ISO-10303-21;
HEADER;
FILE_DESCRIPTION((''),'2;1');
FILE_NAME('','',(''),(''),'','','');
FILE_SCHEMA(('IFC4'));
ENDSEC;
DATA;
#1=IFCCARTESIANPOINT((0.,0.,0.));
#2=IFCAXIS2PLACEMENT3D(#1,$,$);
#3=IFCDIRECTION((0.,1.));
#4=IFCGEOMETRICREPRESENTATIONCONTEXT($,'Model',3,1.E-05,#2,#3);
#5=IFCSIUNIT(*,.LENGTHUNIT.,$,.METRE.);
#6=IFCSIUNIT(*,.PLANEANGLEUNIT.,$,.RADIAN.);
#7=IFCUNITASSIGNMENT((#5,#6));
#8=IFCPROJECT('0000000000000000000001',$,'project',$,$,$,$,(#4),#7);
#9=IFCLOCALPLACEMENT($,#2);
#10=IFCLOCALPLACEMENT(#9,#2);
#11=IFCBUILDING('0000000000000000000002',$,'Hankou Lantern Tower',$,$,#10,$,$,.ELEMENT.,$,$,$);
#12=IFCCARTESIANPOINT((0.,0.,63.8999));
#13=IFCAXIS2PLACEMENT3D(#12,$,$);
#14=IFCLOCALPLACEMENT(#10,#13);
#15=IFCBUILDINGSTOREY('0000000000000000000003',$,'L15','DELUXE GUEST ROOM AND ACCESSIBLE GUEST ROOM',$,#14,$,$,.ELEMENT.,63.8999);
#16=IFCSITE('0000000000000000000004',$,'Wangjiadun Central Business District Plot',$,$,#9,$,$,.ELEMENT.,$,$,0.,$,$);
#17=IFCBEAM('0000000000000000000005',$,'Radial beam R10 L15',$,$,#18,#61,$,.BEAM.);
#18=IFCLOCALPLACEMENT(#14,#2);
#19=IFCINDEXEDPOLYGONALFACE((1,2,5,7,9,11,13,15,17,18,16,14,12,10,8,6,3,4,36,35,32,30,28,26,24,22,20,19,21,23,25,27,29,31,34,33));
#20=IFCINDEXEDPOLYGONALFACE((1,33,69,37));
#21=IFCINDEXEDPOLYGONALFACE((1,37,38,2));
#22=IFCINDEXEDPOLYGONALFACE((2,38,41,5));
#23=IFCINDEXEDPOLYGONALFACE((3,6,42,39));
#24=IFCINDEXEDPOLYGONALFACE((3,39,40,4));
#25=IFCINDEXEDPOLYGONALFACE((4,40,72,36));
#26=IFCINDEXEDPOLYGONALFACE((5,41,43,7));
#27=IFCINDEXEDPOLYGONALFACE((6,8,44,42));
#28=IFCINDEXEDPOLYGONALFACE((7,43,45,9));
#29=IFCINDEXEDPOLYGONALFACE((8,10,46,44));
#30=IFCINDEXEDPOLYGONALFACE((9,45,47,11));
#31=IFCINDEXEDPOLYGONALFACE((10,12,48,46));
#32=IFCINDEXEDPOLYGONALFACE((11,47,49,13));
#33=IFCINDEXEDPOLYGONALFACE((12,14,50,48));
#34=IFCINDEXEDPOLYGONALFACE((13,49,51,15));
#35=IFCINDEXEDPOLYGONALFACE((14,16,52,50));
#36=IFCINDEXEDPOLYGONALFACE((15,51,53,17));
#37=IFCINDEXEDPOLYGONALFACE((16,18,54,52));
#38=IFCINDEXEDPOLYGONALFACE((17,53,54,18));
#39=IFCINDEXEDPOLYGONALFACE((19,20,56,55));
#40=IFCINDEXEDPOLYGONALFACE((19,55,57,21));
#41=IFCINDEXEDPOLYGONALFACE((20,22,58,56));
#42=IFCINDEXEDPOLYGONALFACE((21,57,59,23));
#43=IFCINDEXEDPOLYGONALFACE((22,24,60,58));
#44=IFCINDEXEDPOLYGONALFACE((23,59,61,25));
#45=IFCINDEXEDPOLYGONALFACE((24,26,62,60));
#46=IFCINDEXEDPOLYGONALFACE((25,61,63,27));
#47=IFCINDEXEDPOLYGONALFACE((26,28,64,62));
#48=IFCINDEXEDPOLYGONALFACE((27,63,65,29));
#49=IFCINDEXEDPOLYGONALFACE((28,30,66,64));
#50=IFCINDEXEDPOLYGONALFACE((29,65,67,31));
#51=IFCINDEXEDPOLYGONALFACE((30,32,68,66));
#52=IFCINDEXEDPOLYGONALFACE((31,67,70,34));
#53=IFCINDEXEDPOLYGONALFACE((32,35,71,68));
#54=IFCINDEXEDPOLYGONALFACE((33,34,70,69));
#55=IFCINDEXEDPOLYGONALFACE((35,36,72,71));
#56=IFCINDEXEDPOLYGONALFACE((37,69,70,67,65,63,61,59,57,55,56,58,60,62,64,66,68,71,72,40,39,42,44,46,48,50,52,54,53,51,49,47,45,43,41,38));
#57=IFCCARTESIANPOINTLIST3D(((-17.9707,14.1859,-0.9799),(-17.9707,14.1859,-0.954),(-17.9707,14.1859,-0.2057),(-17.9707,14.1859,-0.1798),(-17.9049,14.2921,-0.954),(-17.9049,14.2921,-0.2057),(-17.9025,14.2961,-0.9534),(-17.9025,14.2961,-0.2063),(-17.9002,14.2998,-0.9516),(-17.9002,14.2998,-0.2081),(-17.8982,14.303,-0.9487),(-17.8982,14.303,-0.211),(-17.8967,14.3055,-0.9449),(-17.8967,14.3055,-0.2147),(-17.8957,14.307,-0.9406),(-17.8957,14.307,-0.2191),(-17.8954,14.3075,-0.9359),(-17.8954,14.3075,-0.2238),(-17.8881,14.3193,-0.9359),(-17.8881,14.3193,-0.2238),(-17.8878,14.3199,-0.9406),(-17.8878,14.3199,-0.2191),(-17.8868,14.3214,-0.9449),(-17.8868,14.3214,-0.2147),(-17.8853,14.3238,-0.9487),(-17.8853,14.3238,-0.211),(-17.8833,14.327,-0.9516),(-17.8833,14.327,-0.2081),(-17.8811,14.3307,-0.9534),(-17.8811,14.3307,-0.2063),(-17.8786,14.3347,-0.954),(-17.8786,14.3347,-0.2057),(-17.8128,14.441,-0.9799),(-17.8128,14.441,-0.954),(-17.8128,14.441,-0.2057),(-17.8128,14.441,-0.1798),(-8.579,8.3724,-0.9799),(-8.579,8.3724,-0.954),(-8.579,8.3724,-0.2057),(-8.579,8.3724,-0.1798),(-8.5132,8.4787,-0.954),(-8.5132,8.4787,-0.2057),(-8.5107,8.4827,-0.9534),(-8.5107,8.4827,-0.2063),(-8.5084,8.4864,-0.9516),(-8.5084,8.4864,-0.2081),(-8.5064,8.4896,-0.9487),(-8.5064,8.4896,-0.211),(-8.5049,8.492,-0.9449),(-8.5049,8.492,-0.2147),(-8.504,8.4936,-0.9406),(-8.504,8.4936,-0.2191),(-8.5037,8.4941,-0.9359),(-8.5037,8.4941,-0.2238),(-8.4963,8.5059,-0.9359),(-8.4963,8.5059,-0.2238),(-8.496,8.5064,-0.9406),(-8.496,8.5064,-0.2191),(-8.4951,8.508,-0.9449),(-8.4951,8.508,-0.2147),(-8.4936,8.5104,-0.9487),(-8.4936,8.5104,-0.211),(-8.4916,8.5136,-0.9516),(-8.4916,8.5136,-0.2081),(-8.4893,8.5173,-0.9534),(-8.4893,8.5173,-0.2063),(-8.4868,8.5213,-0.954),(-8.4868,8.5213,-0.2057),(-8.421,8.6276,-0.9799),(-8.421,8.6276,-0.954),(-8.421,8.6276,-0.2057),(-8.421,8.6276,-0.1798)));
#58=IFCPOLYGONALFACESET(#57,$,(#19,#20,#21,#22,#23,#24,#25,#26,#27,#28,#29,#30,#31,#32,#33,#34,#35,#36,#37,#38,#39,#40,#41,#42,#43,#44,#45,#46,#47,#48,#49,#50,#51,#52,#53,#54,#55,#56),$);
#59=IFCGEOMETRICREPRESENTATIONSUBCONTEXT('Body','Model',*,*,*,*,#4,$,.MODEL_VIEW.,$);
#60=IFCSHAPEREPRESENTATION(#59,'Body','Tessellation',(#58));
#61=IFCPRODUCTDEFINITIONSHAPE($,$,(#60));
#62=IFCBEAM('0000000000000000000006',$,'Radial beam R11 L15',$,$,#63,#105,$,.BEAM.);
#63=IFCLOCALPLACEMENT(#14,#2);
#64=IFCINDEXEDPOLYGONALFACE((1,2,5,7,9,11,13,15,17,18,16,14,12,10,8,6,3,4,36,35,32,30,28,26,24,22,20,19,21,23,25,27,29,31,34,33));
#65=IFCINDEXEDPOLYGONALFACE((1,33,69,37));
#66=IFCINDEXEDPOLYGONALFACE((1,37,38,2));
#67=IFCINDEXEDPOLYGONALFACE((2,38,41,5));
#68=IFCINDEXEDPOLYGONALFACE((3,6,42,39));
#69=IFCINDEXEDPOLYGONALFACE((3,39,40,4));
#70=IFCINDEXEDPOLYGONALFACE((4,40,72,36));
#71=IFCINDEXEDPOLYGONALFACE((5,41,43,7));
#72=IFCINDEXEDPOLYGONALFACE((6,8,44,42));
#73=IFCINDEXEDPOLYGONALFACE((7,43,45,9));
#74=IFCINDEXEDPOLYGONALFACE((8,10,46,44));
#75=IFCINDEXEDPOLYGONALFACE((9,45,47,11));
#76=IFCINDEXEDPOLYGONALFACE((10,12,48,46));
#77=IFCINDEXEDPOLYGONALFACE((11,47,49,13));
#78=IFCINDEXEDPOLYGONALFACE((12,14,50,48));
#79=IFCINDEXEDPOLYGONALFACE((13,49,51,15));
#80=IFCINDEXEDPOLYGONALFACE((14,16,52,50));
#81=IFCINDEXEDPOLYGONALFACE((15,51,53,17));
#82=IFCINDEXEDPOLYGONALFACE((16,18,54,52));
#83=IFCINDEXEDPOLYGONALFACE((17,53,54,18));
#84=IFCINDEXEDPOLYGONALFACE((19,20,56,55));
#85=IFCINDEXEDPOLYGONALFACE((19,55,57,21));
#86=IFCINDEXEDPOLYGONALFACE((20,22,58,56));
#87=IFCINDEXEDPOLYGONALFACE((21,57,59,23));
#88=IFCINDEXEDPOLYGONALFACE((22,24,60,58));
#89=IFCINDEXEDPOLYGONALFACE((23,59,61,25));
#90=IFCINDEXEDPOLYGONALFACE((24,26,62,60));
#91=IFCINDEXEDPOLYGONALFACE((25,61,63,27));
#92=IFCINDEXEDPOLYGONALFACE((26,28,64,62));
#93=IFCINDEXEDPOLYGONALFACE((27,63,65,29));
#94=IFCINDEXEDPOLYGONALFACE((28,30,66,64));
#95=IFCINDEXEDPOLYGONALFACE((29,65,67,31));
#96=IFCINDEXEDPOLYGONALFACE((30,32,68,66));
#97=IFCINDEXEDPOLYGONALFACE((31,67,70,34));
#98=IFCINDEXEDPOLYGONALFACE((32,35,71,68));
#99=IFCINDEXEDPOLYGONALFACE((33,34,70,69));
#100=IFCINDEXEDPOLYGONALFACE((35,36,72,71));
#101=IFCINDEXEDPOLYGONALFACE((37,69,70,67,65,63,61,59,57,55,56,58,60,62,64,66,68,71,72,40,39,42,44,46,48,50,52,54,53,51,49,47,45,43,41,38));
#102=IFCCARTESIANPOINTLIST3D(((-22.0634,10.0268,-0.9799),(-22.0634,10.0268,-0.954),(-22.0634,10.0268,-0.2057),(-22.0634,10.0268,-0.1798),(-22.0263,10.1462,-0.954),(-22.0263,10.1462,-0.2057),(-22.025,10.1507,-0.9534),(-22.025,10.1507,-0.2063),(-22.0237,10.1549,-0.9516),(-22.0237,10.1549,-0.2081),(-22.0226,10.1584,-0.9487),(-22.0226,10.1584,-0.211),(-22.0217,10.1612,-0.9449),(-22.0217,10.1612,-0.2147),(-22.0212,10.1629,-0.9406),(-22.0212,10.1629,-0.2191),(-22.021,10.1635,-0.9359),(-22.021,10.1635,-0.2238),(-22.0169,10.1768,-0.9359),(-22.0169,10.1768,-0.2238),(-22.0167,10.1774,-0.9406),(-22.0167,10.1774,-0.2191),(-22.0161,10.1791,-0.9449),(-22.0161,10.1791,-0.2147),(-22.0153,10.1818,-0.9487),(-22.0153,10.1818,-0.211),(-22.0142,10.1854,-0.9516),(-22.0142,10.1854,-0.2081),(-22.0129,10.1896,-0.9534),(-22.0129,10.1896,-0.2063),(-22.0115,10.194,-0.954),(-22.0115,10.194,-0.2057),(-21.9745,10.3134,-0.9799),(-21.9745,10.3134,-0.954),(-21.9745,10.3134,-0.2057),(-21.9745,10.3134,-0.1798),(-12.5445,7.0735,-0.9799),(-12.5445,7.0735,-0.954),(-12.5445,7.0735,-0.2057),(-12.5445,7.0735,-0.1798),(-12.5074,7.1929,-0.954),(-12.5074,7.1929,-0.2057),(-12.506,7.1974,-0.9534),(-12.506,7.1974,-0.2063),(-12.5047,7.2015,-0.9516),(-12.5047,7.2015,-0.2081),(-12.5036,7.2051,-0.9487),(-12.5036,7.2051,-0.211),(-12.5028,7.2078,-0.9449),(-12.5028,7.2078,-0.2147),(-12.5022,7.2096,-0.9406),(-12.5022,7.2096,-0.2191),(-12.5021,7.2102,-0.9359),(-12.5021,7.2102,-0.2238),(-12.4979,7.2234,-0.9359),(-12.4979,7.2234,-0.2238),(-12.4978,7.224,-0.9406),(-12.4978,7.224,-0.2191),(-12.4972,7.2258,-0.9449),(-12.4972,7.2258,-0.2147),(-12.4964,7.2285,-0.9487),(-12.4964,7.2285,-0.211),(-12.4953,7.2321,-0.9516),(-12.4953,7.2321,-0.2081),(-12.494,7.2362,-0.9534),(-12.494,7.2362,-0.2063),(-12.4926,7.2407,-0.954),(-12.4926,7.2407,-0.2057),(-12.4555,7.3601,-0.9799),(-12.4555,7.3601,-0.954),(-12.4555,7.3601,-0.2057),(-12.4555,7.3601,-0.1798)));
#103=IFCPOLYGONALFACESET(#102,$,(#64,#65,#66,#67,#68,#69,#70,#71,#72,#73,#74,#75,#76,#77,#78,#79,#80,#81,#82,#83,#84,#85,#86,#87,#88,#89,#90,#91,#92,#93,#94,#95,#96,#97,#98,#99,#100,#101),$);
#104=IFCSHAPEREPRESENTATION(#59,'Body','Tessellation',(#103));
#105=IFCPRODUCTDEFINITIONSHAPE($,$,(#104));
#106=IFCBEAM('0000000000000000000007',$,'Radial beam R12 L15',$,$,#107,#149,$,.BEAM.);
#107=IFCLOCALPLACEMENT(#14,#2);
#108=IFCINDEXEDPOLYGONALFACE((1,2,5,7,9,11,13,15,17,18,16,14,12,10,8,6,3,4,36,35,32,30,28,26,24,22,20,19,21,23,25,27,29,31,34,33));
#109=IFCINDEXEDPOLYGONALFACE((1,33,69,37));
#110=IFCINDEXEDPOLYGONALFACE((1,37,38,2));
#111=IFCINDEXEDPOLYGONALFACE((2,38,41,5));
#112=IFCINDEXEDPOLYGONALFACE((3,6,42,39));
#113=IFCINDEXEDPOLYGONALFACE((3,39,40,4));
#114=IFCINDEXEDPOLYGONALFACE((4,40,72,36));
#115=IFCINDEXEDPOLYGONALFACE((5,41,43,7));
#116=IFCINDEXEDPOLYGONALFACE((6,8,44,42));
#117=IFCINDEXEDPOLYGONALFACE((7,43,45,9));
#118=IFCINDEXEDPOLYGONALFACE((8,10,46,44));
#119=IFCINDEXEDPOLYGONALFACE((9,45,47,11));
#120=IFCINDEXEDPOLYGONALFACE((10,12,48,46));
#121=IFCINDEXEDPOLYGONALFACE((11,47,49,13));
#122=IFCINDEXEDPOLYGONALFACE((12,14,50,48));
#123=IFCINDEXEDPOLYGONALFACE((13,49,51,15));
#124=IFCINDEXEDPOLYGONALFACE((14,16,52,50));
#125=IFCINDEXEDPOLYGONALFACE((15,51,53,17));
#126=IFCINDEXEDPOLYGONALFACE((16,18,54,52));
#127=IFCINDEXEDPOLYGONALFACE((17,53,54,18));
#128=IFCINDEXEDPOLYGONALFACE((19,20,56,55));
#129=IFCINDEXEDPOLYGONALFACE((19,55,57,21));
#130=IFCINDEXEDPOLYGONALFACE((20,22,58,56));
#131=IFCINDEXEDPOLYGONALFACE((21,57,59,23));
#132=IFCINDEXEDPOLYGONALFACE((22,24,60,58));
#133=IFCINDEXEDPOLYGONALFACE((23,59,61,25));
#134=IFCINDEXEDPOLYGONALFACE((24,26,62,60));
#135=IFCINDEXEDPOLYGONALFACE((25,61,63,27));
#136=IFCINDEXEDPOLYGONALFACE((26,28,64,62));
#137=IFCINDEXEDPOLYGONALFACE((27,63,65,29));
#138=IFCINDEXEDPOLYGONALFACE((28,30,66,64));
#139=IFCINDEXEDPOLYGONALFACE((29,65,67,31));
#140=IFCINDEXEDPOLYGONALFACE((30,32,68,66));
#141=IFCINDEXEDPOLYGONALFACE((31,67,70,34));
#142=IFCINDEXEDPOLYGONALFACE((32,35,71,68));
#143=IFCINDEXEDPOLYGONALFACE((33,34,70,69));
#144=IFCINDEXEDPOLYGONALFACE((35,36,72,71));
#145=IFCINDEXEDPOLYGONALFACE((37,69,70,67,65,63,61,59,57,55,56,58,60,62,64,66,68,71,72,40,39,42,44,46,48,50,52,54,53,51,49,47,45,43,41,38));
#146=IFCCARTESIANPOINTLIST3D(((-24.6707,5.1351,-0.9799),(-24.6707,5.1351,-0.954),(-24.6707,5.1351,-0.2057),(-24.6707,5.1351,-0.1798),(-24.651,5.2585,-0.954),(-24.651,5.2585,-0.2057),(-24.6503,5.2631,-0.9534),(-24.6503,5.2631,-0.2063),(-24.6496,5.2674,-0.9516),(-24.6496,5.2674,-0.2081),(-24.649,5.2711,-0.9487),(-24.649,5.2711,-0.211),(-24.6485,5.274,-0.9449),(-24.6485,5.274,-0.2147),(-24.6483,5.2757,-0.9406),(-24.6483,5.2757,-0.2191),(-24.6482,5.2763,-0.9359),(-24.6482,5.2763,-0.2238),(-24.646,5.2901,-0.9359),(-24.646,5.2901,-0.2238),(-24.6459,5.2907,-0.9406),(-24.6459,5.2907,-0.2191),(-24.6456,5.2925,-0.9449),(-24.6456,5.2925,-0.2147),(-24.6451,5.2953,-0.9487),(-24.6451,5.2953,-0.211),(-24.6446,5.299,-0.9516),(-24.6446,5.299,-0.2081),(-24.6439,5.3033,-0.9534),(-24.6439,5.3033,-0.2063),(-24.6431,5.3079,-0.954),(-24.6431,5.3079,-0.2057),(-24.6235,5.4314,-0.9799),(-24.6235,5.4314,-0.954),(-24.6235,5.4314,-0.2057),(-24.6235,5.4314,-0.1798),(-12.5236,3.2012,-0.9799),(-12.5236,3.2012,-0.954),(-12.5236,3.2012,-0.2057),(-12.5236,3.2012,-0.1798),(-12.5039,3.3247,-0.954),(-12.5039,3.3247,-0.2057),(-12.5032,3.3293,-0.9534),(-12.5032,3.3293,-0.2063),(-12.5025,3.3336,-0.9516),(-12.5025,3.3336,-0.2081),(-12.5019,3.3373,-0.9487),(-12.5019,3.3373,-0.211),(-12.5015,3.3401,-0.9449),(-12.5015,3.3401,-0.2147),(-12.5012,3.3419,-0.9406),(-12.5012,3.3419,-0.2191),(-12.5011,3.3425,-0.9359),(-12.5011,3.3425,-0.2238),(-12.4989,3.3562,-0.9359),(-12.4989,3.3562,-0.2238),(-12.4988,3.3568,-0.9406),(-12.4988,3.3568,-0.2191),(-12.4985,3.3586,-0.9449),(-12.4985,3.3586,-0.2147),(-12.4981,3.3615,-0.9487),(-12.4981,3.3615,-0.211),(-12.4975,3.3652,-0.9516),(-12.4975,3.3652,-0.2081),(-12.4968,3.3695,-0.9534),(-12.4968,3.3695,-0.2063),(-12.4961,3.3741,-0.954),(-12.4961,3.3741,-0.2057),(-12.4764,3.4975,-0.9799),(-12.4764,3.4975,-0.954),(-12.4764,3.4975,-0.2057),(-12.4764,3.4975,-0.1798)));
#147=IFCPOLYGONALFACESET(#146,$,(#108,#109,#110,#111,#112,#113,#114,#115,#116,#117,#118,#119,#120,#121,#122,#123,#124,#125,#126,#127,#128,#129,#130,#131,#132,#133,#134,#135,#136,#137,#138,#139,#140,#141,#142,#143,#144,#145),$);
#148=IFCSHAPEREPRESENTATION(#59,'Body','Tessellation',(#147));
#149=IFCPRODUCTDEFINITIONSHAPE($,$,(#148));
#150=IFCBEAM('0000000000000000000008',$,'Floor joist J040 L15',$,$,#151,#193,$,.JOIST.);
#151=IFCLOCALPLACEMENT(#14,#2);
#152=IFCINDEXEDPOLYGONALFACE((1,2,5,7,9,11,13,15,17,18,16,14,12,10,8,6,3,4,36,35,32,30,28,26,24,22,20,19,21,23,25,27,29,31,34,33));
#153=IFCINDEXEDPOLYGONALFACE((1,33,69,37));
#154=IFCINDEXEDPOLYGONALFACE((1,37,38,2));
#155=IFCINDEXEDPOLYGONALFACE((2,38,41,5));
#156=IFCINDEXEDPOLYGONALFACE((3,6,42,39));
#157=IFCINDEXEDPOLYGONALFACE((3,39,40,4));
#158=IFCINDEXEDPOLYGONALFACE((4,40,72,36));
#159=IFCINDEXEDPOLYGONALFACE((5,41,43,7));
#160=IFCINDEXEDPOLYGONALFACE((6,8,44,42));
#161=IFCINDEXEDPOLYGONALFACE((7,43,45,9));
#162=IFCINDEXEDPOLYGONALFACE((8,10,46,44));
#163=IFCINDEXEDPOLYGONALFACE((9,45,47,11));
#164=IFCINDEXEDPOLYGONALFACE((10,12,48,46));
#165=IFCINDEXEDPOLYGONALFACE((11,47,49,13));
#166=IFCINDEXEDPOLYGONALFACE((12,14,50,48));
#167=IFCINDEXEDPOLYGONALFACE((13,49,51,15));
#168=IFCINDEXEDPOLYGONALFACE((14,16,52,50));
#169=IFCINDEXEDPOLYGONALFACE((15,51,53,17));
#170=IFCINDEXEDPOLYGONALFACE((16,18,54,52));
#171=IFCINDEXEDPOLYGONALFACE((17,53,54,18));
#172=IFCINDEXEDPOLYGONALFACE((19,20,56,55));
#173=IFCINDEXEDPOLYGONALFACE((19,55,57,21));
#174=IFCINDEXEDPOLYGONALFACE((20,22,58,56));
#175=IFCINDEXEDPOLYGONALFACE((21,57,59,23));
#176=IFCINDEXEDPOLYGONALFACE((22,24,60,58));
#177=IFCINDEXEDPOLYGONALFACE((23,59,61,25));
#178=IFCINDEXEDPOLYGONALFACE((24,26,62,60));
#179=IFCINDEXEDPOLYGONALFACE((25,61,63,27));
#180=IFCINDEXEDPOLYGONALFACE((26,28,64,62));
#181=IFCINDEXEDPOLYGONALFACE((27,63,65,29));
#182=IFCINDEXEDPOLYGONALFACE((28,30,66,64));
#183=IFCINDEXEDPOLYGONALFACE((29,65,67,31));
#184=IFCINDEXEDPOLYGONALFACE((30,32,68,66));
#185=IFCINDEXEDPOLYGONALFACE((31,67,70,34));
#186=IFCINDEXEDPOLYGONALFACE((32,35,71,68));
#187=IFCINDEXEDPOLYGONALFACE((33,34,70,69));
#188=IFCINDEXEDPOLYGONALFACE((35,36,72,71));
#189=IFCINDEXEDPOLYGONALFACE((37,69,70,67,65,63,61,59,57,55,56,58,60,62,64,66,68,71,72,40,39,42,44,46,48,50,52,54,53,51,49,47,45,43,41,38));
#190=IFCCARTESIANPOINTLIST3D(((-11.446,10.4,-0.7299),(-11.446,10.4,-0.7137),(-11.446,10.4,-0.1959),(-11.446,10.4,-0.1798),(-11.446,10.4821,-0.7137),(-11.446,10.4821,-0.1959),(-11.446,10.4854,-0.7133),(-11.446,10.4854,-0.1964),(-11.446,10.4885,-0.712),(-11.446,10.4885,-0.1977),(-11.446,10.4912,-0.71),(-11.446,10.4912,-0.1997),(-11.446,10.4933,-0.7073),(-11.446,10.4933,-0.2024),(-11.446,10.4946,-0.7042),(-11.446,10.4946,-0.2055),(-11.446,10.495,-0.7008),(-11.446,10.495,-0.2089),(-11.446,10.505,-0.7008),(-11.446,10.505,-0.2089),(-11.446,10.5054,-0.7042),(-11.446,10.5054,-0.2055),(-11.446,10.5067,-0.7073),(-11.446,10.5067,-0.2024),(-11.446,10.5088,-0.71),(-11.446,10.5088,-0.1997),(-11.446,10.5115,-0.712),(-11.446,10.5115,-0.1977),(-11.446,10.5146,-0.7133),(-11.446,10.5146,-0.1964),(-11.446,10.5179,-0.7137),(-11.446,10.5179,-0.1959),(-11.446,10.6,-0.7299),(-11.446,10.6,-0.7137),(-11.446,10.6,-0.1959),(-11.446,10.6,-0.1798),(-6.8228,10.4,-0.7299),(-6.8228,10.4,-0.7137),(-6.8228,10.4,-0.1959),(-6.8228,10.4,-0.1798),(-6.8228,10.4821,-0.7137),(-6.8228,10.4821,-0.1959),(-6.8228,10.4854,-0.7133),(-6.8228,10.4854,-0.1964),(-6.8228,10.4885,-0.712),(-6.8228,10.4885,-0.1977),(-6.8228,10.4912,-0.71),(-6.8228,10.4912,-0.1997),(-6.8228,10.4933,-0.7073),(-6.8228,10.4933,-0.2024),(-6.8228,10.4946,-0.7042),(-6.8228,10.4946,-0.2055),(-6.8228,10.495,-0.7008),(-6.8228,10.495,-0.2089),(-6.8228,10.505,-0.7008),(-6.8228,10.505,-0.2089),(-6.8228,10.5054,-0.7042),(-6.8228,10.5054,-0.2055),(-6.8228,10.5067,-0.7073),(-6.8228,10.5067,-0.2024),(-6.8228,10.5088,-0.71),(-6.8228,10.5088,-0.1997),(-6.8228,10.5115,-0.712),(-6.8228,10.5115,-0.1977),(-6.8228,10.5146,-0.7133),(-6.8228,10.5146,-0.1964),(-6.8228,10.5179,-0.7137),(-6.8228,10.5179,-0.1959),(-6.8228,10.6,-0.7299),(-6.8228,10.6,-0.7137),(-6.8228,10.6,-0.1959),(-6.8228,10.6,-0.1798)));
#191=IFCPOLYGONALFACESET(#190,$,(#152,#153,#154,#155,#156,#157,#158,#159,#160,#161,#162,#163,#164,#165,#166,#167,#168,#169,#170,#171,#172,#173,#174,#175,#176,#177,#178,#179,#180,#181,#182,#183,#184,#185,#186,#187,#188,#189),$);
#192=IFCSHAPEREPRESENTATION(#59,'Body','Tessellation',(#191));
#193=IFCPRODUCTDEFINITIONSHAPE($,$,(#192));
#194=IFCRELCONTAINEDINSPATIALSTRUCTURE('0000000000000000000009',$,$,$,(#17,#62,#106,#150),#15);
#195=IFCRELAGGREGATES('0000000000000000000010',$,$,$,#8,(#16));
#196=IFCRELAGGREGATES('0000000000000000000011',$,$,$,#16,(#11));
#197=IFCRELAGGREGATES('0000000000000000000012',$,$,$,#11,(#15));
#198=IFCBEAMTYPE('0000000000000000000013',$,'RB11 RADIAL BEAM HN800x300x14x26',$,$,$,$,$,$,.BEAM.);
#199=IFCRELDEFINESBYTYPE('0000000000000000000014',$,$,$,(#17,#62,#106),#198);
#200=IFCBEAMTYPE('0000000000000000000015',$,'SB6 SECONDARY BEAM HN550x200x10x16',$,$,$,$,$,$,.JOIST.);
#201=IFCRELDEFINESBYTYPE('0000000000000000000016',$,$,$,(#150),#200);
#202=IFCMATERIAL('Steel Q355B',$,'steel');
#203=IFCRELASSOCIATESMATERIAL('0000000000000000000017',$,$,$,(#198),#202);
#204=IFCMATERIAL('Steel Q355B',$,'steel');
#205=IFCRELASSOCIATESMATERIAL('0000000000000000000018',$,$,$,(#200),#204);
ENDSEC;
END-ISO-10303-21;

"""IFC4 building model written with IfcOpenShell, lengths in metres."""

from ifc_helpers import new_model, si_unit, direction, frame, origin, origin_2d, place, context, subcontext, project, spatial, i_section, extrude, material, material_profile, profile_set, type_object, element, save


model = new_model("IFC4")

# Units and contexts
model_context = context("Model", 3, precision=1e-05, world=origin(), true_north=direction((0.0, 1.0)))
body_context = subcontext(model_context, "Body", "Model", "MODEL_VIEW")
ifc_project = project(units=[si_unit("LENGTHUNIT", "METRE"), si_unit("PLANEANGLEUNIT", "RADIAN")], contexts=[model_context])

# Site, building, storey
site_placement = place(None, origin())
site = spatial("IfcSite", under=ifc_project, at=site_placement, Name="Wangjiadun Central Business District Plot", CompositionType="ELEMENT", RefElevation=0.0)
building_placement = place(site_placement, origin())
building = spatial("IfcBuilding", under=site, at=building_placement, Name="Hankou Lantern Tower", CompositionType="ELEMENT")
storey_placement = place(building_placement, frame((0.0, 0.0, 63.8999)))
storey = spatial("IfcBuildingStorey", under=building, at=storey_placement, Name="L15", Description="DELUXE GUEST ROOM AND ACCESSIBLE GUEST ROOM", CompositionType="ELEMENT", Elevation=63.8999)

# Beams
ifc_material_1 = material(Name="Steel Q355B", Category="steel")
ifc_material_profile_1 = material_profile(ifc_material_1, i_section(OverallWidth=0.3, OverallDepth=0.8, WebThickness=0.0139, FlangeThickness=0.0259, FilletRadius=0.0181, at=origin_2d()), Name="HN800x300x14x26")
ifc_profile_set_1 = profile_set([ifc_material_profile_1], Name="Steel Q355B")
beam_type_1 = type_object("IfcBeamType", Name="RB11 RADIAL BEAM HN800x300x14x26", PredefinedType="BEAM", material=ifc_profile_set_1)
beam_1_placement = place(storey_placement, frame((-8.5, 8.5, -0.5798), z_axis=(-0.850286, 0.52632, 0.0), x_axis=(-0.52632, -0.850286, 0.0)))
element("IfcBeam", 1, at=beam_1_placement, inside=storey, type_object=beam_type_1, Name="Radial beam R10 L15", PredefinedType="BEAM", context=body_context, shape_type="SweptSolid", body=[
    extrude(i_section(OverallWidth=0.3, OverallDepth=0.8, WebThickness=0.0139, FlangeThickness=0.0259, FilletRadius=0.0181, at=origin_2d()), origin(), (0.0, 0.0, 1.0), 11.0454),
])
beam_2_placement = place(storey_placement, frame((-12.5, 7.2168, -0.5798), z_axis=(-0.955087, 0.296324, 0.0), x_axis=(-0.296324, -0.955087, 0.0)))
element("IfcBeam", 2, at=beam_2_placement, inside=storey, type_object=beam_type_1, Name="Radial beam R11 L15", PredefinedType="BEAM", context=body_context, shape_type="SweptSolid", body=[
    extrude(i_section(OverallWidth=0.3, OverallDepth=0.8, WebThickness=0.0139, FlangeThickness=0.0259, FilletRadius=0.0181, at=origin_2d()), origin(), (0.0, 0.0, 1.0), 9.9666),
])
beam_3_placement = place(storey_placement, frame((-12.5, 3.3494, -0.5798), z_axis=(-0.987563, 0.157223, 0.0), x_axis=(-0.157223, -0.987563, 0.0)))
element("IfcBeam", 3, at=beam_3_placement, inside=storey, type_object=beam_type_1, Name="Radial beam R12 L15", PredefinedType="BEAM", context=body_context, shape_type="SweptSolid", body=[
    extrude(i_section(OverallWidth=0.3, OverallDepth=0.8, WebThickness=0.0139, FlangeThickness=0.0259, FilletRadius=0.0181, at=origin_2d()), origin(), (0.0, 0.0, 1.0), 12.3),
])
ifc_material_2 = material(Name="Steel Q355B", Category="steel")
ifc_material_profile_2 = material_profile(ifc_material_2, i_section(OverallWidth=0.2, OverallDepth=0.55, WebThickness=0.01, FlangeThickness=0.0161, FilletRadius=0.0129, at=origin_2d()), Name="HN550x200x10x16")
ifc_profile_set_2 = profile_set([ifc_material_profile_2], Name="Steel Q355B")
beam_type_2 = type_object("IfcBeamType", Name="SB6 SECONDARY BEAM HN550x200x10x16", PredefinedType="JOIST", material=ifc_profile_set_2)
beam_4_placement = place(storey_placement, frame((-11.446, 10.5, -0.4548), z_axis=(1.0, 0.0, 0.0), x_axis=(0.0, 1.0, 0.0)))
element("IfcBeam", 4, at=beam_4_placement, inside=storey, type_object=beam_type_2, Name="Floor joist J040 L15", PredefinedType="JOIST", context=body_context, shape_type="SweptSolid", body=[
    extrude(i_section(OverallWidth=0.2, OverallDepth=0.55, WebThickness=0.01, FlangeThickness=0.0161, FilletRadius=0.0129, at=origin_2d()), origin(), (0.0, 0.0, 1.0), 4.6233),
])

save(model, "model.ifc")
